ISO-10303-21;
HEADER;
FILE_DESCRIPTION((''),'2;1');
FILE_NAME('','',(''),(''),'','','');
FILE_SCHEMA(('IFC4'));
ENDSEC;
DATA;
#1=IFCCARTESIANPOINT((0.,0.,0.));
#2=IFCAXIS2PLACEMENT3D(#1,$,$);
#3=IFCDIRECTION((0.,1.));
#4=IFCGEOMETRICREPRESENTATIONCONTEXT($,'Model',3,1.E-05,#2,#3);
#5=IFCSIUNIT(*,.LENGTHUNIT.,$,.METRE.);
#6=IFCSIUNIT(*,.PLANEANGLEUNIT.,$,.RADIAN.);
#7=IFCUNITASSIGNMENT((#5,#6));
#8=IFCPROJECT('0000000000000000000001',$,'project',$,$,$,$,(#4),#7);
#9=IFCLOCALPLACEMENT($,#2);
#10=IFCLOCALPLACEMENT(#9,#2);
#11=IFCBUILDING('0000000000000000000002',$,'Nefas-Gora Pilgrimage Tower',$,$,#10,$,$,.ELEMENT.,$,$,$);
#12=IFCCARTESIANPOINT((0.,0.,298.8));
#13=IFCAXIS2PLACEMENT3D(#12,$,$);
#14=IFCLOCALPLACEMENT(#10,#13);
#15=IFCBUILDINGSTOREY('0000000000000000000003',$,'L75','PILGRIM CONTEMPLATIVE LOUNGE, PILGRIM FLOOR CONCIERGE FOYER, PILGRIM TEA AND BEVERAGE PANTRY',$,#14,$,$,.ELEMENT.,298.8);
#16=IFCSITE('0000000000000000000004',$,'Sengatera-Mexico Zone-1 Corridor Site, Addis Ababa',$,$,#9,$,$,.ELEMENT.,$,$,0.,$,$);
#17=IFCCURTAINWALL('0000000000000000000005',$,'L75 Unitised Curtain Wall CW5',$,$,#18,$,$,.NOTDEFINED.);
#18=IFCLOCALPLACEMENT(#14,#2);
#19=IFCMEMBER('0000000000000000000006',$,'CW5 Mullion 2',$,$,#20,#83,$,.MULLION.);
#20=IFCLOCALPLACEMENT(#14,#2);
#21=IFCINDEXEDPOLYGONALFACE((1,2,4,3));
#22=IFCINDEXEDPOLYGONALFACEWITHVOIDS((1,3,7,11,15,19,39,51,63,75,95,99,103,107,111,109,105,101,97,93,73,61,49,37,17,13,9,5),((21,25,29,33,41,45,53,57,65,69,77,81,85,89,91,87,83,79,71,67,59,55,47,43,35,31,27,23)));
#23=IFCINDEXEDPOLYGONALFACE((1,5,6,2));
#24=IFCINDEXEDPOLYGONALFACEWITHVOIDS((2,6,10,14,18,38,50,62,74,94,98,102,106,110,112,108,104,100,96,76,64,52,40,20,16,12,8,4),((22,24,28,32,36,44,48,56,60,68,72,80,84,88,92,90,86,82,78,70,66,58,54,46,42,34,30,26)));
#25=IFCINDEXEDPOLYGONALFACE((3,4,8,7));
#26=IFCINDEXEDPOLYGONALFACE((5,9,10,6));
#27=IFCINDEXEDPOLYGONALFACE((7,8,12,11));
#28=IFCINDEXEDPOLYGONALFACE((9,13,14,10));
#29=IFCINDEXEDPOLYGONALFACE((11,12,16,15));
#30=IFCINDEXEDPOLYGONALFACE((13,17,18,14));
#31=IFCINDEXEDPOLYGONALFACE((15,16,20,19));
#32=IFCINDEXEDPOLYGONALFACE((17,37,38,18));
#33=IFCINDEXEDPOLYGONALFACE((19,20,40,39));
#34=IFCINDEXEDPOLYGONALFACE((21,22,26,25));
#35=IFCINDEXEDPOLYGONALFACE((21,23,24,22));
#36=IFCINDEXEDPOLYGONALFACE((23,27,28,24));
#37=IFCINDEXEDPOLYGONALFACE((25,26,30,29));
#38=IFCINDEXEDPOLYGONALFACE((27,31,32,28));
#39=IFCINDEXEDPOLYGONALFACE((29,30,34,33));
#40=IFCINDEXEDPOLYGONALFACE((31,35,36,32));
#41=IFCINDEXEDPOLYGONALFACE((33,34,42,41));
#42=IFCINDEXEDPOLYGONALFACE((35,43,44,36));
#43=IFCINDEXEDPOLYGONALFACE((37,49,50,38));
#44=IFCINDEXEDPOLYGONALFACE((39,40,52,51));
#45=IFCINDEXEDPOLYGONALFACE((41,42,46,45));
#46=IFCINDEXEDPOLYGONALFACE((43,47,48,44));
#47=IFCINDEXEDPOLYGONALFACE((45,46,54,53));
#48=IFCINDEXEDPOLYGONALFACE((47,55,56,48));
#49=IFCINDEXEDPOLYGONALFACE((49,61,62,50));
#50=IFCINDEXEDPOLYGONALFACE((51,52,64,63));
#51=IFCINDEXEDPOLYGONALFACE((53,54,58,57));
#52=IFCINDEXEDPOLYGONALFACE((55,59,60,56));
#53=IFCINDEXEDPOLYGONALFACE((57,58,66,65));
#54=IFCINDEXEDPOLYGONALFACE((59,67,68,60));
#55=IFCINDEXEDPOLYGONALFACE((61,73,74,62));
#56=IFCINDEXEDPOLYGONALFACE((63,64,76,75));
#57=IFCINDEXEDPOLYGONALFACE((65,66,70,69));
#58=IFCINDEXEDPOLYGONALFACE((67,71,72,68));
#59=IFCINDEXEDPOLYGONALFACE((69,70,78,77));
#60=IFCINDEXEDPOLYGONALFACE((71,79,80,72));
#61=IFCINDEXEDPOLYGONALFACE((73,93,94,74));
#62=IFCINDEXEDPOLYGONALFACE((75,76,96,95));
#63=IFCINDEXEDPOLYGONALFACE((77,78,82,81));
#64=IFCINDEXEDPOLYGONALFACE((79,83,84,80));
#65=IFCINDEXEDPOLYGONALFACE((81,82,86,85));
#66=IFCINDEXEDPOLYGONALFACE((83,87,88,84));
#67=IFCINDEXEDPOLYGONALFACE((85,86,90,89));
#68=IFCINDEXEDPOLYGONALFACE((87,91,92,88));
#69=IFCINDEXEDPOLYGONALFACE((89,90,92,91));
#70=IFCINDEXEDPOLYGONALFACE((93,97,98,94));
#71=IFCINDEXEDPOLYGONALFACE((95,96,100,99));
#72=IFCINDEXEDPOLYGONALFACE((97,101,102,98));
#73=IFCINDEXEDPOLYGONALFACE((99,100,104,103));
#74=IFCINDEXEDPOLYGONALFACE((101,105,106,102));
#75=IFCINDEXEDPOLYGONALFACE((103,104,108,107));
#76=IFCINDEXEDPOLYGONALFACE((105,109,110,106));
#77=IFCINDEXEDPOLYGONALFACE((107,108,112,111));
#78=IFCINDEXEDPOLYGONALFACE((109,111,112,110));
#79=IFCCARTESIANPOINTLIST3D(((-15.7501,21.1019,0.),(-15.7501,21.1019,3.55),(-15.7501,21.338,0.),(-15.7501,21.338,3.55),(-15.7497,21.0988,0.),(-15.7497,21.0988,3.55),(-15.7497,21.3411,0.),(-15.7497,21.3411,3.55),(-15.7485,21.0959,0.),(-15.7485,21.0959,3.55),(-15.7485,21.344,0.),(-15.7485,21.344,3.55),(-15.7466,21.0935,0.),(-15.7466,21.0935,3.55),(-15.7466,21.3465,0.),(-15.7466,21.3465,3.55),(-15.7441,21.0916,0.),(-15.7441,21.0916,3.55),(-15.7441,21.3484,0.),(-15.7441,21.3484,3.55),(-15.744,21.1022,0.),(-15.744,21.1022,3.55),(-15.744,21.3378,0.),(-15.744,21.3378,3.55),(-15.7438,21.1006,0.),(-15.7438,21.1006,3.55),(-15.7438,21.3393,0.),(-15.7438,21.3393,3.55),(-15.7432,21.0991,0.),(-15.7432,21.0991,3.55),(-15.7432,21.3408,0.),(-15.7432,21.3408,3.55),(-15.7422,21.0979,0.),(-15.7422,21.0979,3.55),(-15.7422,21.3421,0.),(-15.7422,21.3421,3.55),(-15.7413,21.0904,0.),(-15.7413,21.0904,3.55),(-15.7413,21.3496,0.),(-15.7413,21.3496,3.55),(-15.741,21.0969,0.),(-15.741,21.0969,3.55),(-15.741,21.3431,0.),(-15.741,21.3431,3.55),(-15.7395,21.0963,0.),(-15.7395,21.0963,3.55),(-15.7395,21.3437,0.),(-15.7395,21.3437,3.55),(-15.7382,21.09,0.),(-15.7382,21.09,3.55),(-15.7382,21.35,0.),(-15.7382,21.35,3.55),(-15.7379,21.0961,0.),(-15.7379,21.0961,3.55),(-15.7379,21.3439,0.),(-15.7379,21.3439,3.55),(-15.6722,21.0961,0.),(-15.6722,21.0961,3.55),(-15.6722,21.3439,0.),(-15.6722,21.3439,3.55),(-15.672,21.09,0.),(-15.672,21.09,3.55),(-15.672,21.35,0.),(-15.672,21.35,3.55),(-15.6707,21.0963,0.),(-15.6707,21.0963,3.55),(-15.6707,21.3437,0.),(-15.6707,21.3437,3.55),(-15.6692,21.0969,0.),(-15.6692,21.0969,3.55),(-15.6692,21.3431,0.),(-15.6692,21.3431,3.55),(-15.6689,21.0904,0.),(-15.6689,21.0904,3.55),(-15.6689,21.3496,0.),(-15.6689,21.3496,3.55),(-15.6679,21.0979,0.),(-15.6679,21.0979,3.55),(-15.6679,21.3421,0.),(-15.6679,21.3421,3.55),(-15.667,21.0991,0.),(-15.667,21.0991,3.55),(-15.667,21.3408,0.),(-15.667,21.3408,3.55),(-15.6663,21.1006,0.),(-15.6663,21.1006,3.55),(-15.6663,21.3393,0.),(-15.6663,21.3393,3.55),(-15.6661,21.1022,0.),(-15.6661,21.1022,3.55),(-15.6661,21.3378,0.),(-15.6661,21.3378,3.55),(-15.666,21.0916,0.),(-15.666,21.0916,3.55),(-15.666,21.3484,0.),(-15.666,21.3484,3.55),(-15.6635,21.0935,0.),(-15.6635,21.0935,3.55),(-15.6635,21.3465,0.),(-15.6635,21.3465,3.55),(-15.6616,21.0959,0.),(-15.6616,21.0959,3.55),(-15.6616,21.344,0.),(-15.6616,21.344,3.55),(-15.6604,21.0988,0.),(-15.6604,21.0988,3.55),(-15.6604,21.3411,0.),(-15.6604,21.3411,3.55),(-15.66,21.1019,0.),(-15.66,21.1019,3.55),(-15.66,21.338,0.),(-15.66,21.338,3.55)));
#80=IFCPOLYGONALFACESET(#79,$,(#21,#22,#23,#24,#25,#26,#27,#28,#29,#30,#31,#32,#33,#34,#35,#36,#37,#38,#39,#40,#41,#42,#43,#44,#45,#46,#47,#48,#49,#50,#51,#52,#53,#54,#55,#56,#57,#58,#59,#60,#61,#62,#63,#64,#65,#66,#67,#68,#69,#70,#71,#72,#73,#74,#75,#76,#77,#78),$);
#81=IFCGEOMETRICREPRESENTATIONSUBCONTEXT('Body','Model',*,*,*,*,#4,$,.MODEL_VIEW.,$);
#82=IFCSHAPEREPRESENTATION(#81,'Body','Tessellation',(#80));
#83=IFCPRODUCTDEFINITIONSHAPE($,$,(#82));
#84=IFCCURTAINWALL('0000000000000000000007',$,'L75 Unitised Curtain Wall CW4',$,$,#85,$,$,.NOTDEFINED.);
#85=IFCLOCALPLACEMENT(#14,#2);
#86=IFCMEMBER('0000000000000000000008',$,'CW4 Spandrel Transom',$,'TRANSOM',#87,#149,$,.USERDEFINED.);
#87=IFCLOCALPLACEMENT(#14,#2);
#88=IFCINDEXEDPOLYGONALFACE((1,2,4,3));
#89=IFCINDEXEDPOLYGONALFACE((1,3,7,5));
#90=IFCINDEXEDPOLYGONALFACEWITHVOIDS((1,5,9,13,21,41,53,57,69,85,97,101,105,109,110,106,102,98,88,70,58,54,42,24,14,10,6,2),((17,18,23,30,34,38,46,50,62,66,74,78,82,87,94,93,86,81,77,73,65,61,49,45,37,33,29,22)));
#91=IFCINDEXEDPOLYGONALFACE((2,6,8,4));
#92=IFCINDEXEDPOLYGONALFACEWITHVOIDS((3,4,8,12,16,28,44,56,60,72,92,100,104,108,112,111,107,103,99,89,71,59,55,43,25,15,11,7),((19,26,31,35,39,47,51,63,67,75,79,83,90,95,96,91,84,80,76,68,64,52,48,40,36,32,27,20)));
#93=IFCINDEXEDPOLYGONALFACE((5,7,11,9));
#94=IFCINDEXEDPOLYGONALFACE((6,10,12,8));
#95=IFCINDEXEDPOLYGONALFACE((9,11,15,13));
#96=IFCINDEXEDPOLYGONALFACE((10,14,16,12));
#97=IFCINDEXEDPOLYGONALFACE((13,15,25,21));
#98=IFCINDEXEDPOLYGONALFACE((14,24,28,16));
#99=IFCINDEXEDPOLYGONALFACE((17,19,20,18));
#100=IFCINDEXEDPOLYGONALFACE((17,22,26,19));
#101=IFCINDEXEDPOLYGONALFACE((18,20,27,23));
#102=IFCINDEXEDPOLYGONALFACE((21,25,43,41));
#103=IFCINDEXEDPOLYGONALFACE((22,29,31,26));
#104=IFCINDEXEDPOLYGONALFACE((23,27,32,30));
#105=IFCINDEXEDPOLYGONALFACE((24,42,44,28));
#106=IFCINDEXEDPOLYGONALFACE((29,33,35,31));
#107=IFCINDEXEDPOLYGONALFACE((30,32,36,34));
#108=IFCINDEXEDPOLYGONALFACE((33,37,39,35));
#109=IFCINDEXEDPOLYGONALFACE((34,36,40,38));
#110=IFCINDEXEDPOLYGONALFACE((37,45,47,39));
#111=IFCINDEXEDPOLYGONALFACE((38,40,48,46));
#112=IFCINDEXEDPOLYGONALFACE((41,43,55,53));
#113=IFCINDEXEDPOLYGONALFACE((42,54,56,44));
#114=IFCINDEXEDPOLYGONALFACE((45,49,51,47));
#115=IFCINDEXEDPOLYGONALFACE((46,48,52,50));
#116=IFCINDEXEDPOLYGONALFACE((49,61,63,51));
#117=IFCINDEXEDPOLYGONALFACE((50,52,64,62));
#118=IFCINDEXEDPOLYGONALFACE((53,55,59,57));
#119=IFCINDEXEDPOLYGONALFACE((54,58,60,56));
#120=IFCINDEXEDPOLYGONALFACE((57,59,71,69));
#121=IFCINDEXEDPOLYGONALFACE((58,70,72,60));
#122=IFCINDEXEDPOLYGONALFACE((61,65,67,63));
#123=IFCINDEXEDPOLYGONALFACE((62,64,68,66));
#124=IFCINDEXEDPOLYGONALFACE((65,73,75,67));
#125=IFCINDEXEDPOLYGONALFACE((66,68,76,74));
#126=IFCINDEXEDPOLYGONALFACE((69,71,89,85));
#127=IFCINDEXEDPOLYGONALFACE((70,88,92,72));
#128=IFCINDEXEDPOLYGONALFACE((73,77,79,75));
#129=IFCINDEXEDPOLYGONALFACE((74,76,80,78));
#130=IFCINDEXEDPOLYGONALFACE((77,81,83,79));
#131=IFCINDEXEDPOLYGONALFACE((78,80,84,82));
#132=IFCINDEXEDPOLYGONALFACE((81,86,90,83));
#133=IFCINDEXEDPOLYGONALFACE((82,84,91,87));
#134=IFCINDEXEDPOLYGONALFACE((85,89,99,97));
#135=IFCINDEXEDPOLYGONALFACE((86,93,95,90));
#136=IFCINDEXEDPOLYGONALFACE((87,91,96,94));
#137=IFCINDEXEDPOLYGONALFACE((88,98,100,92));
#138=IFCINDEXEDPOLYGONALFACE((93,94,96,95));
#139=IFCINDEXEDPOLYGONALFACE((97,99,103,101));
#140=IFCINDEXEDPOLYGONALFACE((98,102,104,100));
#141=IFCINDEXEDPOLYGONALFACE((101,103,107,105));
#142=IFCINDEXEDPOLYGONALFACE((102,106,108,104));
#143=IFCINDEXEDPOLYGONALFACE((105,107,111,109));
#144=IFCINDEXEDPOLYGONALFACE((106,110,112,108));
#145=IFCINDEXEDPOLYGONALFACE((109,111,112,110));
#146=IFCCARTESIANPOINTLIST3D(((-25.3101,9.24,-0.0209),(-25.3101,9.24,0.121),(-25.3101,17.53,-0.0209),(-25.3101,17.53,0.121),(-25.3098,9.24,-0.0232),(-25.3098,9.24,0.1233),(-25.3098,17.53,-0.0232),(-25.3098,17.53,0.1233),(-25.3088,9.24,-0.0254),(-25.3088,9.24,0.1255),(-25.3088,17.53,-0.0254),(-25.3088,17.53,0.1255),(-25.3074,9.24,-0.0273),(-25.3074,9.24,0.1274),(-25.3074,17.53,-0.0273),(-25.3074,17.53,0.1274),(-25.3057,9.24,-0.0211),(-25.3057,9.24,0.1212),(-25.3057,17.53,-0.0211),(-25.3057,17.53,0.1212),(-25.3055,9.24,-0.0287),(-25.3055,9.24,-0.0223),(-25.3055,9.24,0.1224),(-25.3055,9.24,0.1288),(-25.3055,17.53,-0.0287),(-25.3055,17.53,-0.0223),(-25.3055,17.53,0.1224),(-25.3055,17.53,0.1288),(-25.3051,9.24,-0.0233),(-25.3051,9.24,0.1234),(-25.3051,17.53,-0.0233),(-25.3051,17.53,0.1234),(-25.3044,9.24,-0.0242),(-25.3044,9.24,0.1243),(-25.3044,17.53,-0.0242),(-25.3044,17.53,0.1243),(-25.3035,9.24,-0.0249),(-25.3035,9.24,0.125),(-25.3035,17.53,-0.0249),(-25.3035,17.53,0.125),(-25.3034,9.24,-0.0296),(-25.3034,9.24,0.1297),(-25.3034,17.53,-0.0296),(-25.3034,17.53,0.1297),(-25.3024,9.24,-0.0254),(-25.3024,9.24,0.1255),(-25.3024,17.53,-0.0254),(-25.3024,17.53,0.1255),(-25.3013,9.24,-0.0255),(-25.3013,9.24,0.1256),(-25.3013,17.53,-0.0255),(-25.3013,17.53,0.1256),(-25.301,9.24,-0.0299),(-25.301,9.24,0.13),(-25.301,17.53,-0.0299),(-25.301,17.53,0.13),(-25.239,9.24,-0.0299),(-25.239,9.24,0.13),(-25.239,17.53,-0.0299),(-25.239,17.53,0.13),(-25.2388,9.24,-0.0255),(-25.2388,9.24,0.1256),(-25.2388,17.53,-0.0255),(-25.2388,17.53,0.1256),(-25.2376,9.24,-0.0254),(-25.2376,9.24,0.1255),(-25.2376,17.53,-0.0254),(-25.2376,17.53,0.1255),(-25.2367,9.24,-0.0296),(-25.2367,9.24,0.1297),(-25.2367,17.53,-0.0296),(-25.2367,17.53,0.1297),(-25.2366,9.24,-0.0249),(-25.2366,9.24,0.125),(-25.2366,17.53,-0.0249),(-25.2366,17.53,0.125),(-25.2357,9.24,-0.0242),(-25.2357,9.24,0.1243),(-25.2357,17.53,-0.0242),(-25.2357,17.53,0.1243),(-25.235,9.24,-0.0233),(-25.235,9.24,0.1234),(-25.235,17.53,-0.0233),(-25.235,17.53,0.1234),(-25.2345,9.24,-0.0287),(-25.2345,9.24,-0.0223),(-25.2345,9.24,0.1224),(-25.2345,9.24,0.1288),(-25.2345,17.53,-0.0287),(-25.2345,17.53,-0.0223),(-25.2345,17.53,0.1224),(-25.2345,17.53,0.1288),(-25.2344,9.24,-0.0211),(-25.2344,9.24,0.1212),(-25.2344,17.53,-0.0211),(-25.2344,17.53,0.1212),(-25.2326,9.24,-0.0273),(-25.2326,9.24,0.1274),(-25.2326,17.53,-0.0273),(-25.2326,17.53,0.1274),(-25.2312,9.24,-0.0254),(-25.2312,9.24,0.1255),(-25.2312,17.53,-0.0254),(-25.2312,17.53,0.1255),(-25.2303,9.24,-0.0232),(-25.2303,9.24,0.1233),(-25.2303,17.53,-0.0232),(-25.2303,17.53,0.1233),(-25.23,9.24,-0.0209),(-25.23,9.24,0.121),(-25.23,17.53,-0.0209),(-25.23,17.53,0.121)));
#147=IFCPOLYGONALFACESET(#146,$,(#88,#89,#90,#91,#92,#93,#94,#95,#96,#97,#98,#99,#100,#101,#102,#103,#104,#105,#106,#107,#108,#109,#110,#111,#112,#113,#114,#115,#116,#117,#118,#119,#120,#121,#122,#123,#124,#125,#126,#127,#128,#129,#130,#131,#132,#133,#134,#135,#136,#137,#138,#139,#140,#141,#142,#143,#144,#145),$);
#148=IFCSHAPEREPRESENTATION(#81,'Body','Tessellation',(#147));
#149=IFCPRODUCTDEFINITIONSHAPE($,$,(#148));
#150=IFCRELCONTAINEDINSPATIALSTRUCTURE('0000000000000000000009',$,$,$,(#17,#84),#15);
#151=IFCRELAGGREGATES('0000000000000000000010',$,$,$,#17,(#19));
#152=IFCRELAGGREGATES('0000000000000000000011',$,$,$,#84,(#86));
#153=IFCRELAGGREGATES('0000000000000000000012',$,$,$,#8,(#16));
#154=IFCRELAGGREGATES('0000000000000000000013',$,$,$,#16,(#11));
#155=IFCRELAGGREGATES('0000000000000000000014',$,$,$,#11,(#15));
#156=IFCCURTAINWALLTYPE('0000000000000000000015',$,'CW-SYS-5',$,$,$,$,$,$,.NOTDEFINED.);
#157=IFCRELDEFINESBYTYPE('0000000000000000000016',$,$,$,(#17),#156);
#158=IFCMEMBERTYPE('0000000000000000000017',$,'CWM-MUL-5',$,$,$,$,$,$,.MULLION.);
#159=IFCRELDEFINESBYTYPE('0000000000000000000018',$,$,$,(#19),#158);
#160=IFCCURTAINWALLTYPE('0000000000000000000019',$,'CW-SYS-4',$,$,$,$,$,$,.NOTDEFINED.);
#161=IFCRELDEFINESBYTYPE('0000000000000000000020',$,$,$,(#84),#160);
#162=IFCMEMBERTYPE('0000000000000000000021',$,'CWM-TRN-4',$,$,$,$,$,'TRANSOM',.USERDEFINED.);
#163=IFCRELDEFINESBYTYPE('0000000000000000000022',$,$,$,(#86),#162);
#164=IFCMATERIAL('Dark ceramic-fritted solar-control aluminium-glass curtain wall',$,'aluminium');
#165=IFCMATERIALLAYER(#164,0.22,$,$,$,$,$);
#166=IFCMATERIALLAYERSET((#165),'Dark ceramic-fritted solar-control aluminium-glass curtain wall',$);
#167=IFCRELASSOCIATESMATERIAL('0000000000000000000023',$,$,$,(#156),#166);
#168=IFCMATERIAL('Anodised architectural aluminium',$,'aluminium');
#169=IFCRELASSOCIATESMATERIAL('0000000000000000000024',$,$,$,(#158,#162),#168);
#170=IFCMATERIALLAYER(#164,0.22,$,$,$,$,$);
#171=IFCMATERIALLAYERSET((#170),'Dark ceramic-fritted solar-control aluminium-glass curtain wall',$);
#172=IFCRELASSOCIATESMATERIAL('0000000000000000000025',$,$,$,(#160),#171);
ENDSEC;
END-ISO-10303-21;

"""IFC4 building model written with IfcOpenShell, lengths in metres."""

from ifc_helpers import new_model, si_unit, direction, frame, origin, origin_2d, place, context, subcontext, project, spatial, hollow_rectangle, extrude, source, transform, mapped, material, layer, layer_set, material_profile, profile_set, type_object, element, aggregate, save


model = new_model("IFC4")

# Units and contexts
model_context = context("Model", 3, precision=1e-05, world=origin(), true_north=direction((0.0, 1.0)))
body_context = subcontext(model_context, "Body", "Model", "MODEL_VIEW")
ifc_project = project(units=[si_unit("LENGTHUNIT", "METRE"), si_unit("PLANEANGLEUNIT", "RADIAN")], contexts=[model_context])

# Site, building, storey
site_placement = place(None, origin())
site = spatial("IfcSite", under=ifc_project, at=site_placement, Name="Sengatera-Mexico Zone-1 Corridor Site, Addis Ababa", CompositionType="ELEMENT", RefElevation=0.0)
building_placement = place(site_placement, origin())
building = spatial("IfcBuilding", under=site, at=building_placement, Name="Nefas-Gora Pilgrimage Tower", CompositionType="ELEMENT")
storey_placement = place(building_placement, frame((0.0, 0.0, 298.8)))
storey = spatial("IfcBuildingStorey", under=building, at=storey_placement, Name="L75", Description="PILGRIM CONTEMPLATIVE LOUNGE, PILGRIM FLOOR CONCIERGE FOYER, PILGRIM TEA AND BEVERAGE PANTRY", CompositionType="ELEMENT", Elevation=298.8)

# Curtain walls, members
ifc_material_1 = material(Name="Dark ceramic-fritted solar-control aluminium-glass curtain wall", Category="aluminium")
ifc_layer_1 = layer(ifc_material_1, 0.22)
ifc_layer_set_1 = layer_set([ifc_layer_1], Name="Dark ceramic-fritted solar-control aluminium-glass curtain wall")
curtain_wall_type_1 = type_object("IfcCurtainWallType", Name="CW-SYS-5", PredefinedType="NOTDEFINED", material=ifc_layer_set_1)
curtain_wall_1_placement = place(storey_placement, origin())
curtain_wall_1 = element("IfcCurtainWall", 1, at=curtain_wall_1_placement, inside=storey, type_object=curtain_wall_type_1, Name="L75 Unitised Curtain Wall CW5", PredefinedType="NOTDEFINED")
ifc_material_2 = material(Name="Anodised architectural aluminium", Category="aluminium")
ifc_material_profile_1 = material_profile(ifc_material_2, hollow_rectangle(XDim=0.0901, YDim=0.26, WallThickness=0.0061, InnerFilletRadius=0.0061, OuterFilletRadius=0.012, at=origin_2d()), Name="ALU MULLION 90x260")
ifc_profile_set_1 = profile_set([ifc_material_profile_1], Name="Anodised architectural aluminium")
member_type_1 = type_object("IfcMemberType", Name="CWM-MUL-5", PredefinedType="MULLION", material=ifc_profile_set_1)
shared_shape_1 = source(origin(), body_context, "Body", "SweptSolid", [
    extrude(hollow_rectangle(XDim=0.0901, YDim=0.26, WallThickness=0.0061, InnerFilletRadius=0.0061, OuterFilletRadius=0.012, at=origin_2d()), origin(), (0.0, 0.0, 1.0), 3.55),
])
member_1_placement = place(storey_placement, frame((-15.7051, 21.22, 0.0), z_axis=(0.0, 0.0, 1.0), x_axis=(-1.0, 0.0, 0.0)))
member_1 = element("IfcMember", 2, at=member_1_placement, type_object=member_type_1, Name="CW5 Mullion 2", PredefinedType="MULLION", context=body_context, shape_type="MappedRepresentation", body=[
    mapped(shared_shape_1, transform((0.0, 0.0, 0.0), x_axis=(1.0, 0.0, 0.0), y_axis=(0.0, 1.0, 0.0), z_axis=(0.0, 0.0, 1.0), scale=1.0)),
])
ifc_layer_2 = layer(ifc_material_1, 0.22)
ifc_layer_set_2 = layer_set([ifc_layer_2], Name="Dark ceramic-fritted solar-control aluminium-glass curtain wall")
curtain_wall_type_2 = type_object("IfcCurtainWallType", Name="CW-SYS-4", PredefinedType="NOTDEFINED", material=ifc_layer_set_2)
curtain_wall_2_placement = place(storey_placement, origin())
curtain_wall_2 = element("IfcCurtainWall", 3, at=curtain_wall_2_placement, inside=storey, type_object=curtain_wall_type_2, Name="L75 Unitised Curtain Wall CW4", PredefinedType="NOTDEFINED")
ifc_material_profile_2 = material_profile(ifc_material_2, hollow_rectangle(XDim=0.0801, YDim=0.1599, WallThickness=0.0044, InnerFilletRadius=0.0044, OuterFilletRadius=0.009, at=origin_2d()), Name="ALU TRANSOM 80x160")
ifc_profile_set_2 = profile_set([ifc_material_profile_2], Name="Anodised architectural aluminium")
member_type_2 = type_object("IfcMemberType", Name="CWM-TRN-4", ElementType="TRANSOM", PredefinedType="USERDEFINED", material=ifc_profile_set_2)
shared_shape_2 = source(origin(), body_context, "Body", "SweptSolid", [
    extrude(hollow_rectangle(XDim=0.0801, YDim=0.1599, WallThickness=0.0044, InnerFilletRadius=0.0044, OuterFilletRadius=0.009, at=origin_2d()), origin(), (0.0, 0.0, 1.0), 8.29),
])
member_2_placement = place(storey_placement, frame((-25.27, 17.53, 0.05), z_axis=(0.0, -1.0, 0.0), x_axis=(1.0, 0.0, 0.0)))
member_2 = element("IfcMember", 4, at=member_2_placement, type_object=member_type_2, Name="CW4 Spandrel Transom", ObjectType="TRANSOM", PredefinedType="USERDEFINED", context=body_context, shape_type="MappedRepresentation", body=[
    mapped(shared_shape_2, transform((0.0, 0.0, 0.0), x_axis=(1.0, 0.0, 0.0), y_axis=(0.0, 1.0, 0.0), z_axis=(0.0, 0.0, 1.0), scale=1.0)),
])

aggregate(curtain_wall_1, [member_1])
aggregate(curtain_wall_2, [member_2])

save(model, "model.ifc")
